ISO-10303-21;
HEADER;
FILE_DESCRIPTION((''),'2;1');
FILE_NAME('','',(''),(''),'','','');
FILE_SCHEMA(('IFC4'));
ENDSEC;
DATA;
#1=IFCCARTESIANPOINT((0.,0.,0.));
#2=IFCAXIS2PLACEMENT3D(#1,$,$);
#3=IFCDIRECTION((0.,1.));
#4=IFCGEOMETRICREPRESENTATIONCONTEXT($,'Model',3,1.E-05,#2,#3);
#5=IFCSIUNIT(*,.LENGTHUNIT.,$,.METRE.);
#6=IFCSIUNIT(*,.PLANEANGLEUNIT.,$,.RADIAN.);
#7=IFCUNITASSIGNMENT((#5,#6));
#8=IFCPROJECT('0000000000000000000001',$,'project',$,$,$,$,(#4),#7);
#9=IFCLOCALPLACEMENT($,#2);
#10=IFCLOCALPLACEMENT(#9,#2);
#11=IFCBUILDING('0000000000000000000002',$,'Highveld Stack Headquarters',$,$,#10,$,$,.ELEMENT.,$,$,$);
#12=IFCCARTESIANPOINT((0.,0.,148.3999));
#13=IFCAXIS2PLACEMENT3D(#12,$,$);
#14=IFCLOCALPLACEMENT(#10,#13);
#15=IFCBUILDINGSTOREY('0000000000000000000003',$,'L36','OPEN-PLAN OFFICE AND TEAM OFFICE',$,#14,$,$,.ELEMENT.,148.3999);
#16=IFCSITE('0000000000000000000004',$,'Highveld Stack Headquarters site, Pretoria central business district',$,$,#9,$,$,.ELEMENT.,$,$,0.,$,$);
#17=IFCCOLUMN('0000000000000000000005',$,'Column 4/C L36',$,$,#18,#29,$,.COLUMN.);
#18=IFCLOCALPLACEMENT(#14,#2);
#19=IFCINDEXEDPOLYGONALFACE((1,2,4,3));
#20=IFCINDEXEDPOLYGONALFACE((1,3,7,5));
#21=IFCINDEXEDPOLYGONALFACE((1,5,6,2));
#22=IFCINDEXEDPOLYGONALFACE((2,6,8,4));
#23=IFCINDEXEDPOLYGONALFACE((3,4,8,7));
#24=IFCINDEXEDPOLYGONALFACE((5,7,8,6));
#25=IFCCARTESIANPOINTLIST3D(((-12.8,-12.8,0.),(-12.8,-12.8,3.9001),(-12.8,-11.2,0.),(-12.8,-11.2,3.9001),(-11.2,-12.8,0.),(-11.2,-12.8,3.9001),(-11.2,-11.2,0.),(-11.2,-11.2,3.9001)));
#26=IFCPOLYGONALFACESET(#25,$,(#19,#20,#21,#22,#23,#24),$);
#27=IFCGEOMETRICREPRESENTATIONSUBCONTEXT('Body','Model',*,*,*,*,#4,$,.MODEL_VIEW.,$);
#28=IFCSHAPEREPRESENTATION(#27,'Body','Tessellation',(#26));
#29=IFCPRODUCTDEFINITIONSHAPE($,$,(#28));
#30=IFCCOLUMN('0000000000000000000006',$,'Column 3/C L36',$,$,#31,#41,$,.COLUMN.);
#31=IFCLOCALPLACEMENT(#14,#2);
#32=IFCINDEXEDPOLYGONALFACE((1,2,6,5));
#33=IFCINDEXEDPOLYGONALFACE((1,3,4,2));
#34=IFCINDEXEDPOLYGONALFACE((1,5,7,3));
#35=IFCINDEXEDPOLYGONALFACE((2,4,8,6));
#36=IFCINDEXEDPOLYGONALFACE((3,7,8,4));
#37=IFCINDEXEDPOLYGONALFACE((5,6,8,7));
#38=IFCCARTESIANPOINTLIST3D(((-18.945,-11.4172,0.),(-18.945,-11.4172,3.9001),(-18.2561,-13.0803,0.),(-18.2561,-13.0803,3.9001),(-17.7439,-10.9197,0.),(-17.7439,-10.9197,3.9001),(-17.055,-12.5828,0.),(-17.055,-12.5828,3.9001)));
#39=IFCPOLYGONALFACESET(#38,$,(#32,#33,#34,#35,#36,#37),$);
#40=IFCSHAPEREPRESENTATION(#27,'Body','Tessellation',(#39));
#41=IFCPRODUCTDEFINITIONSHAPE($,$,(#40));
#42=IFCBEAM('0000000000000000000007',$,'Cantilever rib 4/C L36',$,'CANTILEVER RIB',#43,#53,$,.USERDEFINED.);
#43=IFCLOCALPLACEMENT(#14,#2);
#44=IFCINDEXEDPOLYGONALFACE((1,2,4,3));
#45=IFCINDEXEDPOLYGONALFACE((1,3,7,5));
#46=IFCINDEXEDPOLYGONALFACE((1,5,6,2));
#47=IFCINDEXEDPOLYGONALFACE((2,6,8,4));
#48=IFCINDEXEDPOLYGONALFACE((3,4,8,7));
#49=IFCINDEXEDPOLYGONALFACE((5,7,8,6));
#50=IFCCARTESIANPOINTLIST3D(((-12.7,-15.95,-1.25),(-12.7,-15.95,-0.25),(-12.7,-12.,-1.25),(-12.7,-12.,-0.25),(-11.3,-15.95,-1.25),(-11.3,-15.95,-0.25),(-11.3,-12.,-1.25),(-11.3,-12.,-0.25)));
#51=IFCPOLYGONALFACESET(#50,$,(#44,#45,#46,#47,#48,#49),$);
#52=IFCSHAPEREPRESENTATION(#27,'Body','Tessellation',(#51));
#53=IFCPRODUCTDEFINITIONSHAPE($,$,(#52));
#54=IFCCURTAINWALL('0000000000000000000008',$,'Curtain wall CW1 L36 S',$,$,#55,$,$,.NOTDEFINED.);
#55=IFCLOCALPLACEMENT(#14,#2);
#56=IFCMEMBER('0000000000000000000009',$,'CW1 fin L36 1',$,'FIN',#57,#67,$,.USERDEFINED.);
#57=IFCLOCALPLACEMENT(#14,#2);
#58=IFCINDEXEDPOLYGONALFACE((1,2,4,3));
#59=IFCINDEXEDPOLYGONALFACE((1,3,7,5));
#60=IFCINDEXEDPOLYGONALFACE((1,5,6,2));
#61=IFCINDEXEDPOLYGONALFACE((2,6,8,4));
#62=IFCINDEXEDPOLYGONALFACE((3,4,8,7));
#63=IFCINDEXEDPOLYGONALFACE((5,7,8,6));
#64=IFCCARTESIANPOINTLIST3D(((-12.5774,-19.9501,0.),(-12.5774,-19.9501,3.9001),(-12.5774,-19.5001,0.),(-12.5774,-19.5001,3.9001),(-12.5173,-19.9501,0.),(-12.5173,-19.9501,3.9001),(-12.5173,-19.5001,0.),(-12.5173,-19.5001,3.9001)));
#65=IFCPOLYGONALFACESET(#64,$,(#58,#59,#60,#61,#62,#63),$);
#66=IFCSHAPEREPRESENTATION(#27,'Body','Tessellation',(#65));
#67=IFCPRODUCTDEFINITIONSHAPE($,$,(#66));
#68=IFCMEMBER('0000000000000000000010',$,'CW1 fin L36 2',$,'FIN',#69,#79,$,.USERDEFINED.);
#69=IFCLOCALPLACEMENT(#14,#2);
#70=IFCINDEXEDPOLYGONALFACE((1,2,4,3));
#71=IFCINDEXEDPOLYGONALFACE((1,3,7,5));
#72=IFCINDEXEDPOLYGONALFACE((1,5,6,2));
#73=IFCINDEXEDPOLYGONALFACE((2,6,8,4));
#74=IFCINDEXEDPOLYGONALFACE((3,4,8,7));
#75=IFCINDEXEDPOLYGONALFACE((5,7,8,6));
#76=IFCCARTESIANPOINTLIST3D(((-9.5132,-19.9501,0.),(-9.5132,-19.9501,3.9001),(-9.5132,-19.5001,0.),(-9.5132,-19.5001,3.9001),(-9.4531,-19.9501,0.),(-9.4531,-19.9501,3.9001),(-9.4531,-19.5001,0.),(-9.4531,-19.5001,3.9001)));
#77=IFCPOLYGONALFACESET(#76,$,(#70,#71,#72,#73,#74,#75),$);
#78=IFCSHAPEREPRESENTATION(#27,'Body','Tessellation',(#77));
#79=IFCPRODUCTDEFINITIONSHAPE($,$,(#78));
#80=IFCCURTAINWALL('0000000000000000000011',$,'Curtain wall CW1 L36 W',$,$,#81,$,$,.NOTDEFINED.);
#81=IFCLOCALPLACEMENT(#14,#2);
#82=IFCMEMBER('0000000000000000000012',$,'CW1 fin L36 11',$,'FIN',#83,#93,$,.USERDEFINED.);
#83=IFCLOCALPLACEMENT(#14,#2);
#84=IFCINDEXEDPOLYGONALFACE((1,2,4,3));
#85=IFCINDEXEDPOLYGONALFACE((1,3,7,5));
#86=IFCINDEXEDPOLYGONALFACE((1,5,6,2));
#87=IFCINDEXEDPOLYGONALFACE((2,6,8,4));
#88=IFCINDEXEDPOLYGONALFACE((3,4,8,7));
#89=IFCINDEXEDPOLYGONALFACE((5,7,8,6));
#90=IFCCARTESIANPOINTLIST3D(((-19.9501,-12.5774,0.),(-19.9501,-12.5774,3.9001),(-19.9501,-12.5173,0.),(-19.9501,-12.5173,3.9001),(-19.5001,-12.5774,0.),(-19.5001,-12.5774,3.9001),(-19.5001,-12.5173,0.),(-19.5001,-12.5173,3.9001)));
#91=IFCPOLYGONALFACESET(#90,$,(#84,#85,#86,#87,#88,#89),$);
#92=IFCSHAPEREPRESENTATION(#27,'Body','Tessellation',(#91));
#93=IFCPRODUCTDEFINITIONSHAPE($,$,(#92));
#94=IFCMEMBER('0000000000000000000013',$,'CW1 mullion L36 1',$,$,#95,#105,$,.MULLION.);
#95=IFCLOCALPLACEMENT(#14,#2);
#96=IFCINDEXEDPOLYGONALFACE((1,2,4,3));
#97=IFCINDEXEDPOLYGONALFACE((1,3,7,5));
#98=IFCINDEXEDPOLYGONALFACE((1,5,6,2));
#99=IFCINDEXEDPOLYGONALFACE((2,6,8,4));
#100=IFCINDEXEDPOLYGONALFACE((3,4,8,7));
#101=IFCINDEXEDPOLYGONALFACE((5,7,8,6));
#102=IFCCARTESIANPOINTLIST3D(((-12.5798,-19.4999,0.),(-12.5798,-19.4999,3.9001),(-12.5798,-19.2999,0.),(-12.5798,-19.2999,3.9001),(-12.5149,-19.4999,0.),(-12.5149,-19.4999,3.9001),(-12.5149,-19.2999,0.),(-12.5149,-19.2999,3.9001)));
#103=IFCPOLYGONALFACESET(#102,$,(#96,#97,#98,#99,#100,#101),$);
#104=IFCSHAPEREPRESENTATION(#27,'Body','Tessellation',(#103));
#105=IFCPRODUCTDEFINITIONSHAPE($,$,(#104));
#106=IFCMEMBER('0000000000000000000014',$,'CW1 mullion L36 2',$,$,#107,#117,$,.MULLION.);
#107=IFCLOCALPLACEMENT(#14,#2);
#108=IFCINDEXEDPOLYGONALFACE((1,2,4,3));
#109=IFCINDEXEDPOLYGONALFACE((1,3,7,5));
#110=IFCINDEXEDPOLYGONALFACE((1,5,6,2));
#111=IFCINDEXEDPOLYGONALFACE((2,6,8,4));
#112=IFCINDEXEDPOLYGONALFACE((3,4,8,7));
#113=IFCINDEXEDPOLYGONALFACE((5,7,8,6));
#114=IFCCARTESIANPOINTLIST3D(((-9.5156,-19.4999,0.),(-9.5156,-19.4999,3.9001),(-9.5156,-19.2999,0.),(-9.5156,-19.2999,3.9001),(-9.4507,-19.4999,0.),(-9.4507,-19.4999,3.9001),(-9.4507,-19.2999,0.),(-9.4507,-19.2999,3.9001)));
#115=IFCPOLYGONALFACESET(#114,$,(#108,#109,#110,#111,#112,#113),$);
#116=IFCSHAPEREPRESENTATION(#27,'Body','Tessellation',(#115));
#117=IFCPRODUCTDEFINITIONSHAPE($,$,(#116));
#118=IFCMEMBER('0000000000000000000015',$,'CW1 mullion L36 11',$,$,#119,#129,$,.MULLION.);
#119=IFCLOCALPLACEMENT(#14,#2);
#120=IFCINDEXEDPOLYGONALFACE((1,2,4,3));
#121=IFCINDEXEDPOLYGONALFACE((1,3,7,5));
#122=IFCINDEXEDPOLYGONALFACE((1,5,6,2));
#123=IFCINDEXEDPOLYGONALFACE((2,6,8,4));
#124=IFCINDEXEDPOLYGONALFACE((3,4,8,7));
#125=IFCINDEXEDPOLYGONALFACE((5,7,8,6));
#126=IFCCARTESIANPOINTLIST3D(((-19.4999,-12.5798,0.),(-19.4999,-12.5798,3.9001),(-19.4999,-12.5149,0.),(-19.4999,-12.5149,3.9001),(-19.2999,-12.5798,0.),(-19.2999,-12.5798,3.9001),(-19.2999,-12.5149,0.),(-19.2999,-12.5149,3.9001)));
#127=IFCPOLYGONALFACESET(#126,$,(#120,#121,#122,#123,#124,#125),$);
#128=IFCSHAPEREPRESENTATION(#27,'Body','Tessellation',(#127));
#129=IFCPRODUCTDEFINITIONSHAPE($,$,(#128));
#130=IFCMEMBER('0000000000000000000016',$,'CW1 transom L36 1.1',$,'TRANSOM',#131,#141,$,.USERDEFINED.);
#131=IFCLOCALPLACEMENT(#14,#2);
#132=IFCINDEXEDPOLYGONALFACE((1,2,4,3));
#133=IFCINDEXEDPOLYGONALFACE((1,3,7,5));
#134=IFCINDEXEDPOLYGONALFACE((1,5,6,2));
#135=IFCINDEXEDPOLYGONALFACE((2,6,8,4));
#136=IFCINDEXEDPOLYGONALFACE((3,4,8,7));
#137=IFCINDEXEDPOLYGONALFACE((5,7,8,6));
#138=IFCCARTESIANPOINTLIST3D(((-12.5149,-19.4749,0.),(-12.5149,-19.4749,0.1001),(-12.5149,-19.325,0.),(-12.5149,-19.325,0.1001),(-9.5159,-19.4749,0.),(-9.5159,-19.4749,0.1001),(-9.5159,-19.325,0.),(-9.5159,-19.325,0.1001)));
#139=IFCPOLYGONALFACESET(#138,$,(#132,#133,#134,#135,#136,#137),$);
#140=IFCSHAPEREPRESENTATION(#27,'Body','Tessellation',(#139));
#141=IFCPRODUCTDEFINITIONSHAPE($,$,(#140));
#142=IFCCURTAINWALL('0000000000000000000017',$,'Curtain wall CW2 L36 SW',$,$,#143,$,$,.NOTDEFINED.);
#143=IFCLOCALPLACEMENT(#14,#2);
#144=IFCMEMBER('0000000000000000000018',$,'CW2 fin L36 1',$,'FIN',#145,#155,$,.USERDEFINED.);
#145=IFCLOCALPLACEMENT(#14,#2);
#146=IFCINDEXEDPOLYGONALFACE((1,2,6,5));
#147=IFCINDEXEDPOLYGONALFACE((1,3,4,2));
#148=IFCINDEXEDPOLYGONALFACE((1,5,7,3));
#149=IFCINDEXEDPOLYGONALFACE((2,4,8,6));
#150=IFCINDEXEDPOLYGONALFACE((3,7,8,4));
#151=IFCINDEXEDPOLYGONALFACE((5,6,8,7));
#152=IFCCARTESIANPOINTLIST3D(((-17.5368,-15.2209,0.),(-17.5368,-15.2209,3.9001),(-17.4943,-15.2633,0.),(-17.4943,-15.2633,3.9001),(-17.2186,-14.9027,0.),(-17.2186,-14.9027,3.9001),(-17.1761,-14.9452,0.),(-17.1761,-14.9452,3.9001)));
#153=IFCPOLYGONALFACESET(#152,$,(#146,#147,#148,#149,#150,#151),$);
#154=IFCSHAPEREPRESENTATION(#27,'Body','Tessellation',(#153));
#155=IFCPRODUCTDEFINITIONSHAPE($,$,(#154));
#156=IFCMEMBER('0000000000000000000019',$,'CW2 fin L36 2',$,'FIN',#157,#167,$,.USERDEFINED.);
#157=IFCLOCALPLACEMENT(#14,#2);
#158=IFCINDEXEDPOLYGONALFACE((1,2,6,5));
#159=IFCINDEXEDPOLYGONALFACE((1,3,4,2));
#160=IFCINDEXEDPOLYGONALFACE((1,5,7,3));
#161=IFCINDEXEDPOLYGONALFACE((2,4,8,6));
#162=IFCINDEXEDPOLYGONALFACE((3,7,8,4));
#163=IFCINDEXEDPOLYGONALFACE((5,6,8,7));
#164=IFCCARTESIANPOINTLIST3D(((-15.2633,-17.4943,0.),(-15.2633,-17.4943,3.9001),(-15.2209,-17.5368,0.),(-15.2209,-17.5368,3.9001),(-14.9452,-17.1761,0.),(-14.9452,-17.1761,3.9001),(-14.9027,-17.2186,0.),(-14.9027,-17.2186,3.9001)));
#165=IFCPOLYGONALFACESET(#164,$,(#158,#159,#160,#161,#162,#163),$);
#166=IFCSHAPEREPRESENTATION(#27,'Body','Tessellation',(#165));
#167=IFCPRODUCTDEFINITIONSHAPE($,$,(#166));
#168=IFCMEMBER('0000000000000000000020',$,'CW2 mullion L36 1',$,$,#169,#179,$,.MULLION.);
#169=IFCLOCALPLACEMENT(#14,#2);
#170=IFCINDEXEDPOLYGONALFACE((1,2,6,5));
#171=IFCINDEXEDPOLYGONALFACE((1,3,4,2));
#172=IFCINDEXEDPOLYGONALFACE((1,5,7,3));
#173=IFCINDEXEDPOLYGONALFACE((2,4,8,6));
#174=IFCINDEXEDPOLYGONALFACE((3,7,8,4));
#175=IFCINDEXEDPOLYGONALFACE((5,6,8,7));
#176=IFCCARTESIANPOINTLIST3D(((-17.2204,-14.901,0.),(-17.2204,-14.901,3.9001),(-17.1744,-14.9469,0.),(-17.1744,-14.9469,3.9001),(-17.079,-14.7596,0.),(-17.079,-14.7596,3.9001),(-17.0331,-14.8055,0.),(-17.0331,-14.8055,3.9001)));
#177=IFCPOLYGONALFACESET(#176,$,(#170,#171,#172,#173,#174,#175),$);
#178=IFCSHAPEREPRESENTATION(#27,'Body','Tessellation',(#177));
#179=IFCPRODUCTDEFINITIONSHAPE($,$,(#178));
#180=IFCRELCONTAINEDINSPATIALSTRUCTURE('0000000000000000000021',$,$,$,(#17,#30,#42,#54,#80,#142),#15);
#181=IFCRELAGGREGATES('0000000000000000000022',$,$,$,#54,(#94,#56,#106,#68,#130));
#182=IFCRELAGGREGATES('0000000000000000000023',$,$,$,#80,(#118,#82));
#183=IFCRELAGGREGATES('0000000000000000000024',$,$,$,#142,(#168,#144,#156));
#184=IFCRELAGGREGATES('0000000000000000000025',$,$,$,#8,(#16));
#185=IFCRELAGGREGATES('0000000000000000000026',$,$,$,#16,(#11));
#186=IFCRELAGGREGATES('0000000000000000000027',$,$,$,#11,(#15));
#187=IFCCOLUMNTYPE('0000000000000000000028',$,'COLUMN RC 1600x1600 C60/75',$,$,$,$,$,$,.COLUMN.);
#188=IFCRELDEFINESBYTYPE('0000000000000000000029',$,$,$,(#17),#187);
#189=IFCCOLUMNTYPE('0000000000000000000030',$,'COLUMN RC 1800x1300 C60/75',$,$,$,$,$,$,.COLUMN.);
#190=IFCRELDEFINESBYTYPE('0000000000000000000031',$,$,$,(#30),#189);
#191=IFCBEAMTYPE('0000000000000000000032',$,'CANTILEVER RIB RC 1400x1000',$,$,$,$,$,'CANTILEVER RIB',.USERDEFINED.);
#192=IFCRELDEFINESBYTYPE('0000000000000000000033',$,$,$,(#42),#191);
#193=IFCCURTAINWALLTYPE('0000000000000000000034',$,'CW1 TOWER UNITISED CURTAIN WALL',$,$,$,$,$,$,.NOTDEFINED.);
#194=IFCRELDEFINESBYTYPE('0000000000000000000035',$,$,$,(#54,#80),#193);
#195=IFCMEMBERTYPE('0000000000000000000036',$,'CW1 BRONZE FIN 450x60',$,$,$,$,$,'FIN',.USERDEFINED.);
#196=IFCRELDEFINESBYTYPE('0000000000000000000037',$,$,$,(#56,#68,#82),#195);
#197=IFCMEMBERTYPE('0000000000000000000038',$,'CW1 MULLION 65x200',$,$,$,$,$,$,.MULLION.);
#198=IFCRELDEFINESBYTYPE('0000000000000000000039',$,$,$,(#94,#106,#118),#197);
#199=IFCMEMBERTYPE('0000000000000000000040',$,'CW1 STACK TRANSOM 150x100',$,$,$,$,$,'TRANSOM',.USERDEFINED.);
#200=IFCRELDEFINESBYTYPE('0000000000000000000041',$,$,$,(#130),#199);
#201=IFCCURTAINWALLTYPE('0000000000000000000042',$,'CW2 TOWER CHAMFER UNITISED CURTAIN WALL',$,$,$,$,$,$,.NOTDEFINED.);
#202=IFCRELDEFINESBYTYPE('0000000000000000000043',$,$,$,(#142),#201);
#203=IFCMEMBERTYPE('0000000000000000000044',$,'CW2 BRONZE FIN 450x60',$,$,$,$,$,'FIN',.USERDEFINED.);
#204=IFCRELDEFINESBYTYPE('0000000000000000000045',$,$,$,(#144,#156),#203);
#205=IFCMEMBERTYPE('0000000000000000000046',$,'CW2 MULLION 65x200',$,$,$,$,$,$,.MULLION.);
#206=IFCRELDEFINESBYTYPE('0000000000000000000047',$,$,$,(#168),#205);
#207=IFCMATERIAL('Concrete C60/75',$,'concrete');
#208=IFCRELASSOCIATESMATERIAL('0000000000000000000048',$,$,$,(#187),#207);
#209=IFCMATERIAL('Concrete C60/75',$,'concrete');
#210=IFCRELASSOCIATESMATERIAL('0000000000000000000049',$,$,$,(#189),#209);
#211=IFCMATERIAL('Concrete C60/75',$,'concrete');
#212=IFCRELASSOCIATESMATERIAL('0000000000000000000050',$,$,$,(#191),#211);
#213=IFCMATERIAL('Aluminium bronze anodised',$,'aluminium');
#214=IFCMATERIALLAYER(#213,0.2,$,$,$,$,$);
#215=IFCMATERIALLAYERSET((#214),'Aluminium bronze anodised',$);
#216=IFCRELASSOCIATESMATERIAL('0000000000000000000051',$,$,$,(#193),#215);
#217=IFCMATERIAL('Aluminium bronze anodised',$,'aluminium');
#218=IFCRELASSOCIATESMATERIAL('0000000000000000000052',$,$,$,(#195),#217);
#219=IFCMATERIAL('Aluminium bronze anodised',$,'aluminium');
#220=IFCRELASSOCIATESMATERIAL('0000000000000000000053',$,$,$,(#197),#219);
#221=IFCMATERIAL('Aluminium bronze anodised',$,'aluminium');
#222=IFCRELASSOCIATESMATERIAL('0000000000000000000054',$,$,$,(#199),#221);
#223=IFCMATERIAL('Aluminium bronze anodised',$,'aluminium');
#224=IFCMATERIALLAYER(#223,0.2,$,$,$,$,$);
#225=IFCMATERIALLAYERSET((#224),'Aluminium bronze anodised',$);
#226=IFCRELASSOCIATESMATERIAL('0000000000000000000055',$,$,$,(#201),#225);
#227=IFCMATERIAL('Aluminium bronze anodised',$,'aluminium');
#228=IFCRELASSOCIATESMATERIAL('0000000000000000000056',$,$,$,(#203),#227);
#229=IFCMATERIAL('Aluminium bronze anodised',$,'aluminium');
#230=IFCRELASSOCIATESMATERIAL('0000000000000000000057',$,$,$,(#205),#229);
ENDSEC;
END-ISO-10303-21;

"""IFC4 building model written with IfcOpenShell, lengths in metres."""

from ifc_helpers import new_model, si_unit, direction, frame, origin, origin_2d, place, context, subcontext, project, spatial, rectangle, extrude, material, layer, layer_set, material_profile, profile_set, type_object, element, aggregate, save


model = new_model("IFC4")

# Units and contexts
model_context = context("Model", 3, precision=1e-05, world=origin(), true_north=direction((0.0, 1.0)))
body_context = subcontext(model_context, "Body", "Model", "MODEL_VIEW")
ifc_project = project(units=[si_unit("LENGTHUNIT", "METRE"), si_unit("PLANEANGLEUNIT", "RADIAN")], contexts=[model_context])

# Site, building, storey
site_placement = place(None, origin())
site = spatial("IfcSite", under=ifc_project, at=site_placement, Name="Highveld Stack Headquarters site, Pretoria central business district", CompositionType="ELEMENT", RefElevation=0.0)
building_placement = place(site_placement, origin())
building = spatial("IfcBuilding", under=site, at=building_placement, Name="Highveld Stack Headquarters", CompositionType="ELEMENT")
storey_placement = place(building_placement, frame((0.0, 0.0, 148.3999)))
storey = spatial("IfcBuildingStorey", under=building, at=storey_placement, Name="L36", Description="OPEN-PLAN OFFICE AND TEAM OFFICE", CompositionType="ELEMENT", Elevation=148.3999)

# Columns
ifc_material_1 = material(Name="Concrete C60/75", Category="concrete")
ifc_material_profile_1 = material_profile(ifc_material_1, rectangle(XDim=1.6001, YDim=1.6001, at=origin_2d()), Name="RC 1600x1600")
ifc_profile_set_1 = profile_set([ifc_material_profile_1], Name="Concrete C60/75")
column_type_1 = type_object("IfcColumnType", Name="COLUMN RC 1600x1600 C60/75", PredefinedType="COLUMN", material=ifc_profile_set_1)
column_1_placement = place(storey_placement, frame((-12.0, -12.0, 0.0), z_axis=(0.0, 0.0, 1.0), x_axis=(1.0, 0.0, 0.0)))
element("IfcColumn", 1, at=column_1_placement, inside=storey, type_object=column_type_1, Name="Column 4/C L36", PredefinedType="COLUMN", context=body_context, shape_type="SweptSolid", body=[
    extrude(rectangle(XDim=1.6001, YDim=1.6001, at=origin_2d()), origin(), (0.0, 0.0, 1.0), 3.9001),
])
ifc_material_2 = material(Name="Concrete C60/75", Category="concrete")
ifc_material_profile_2 = material_profile(ifc_material_2, rectangle(XDim=1.8, YDim=1.3, at=origin_2d()), Name="RC 1800x1300")
ifc_profile_set_2 = profile_set([ifc_material_profile_2], Name="Concrete C60/75")
column_type_2 = type_object("IfcColumnType", Name="COLUMN RC 1800x1300 C60/75", PredefinedType="COLUMN", material=ifc_profile_set_2)
column_2_placement = place(storey_placement, frame((-18.0, -12.0, 0.0), z_axis=(0.0, 0.0, 1.0), x_axis=(-0.382683, 0.92388, 0.0)))
element("IfcColumn", 2, at=column_2_placement, inside=storey, type_object=column_type_2, Name="Column 3/C L36", PredefinedType="COLUMN", context=body_context, shape_type="SweptSolid", body=[
    extrude(rectangle(XDim=1.8, YDim=1.3, at=origin_2d()), origin(), (0.0, 0.0, 1.0), 3.9001),
])

# Beam
ifc_material_3 = material(Name="Concrete C60/75", Category="concrete")
ifc_material_profile_3 = material_profile(ifc_material_3, rectangle(XDim=1.3999, YDim=1.0, at=origin_2d()), Name="RC 1400x1000")
ifc_profile_set_3 = profile_set([ifc_material_profile_3], Name="Concrete C60/75")
beam_type_1 = type_object("IfcBeamType", Name="CANTILEVER RIB RC 1400x1000", ElementType="CANTILEVER RIB", PredefinedType="USERDEFINED", material=ifc_profile_set_3)
beam_1_placement = place(storey_placement, frame((-12.0, -12.0, -0.75), z_axis=(0.0, -1.0, 0.0), x_axis=(1.0, 0.0, 0.0)))
element("IfcBeam", 3, at=beam_1_placement, inside=storey, type_object=beam_type_1, Name="Cantilever rib 4/C L36", ObjectType="CANTILEVER RIB", PredefinedType="USERDEFINED", context=body_context, shape_type="SweptSolid", body=[
    extrude(rectangle(XDim=1.3999, YDim=1.0, at=origin_2d()), origin(), (0.0, 0.0, 1.0), 3.95),
])

# Curtain wall, members
ifc_material_4 = material(Name="Aluminium bronze anodised", Category="aluminium")
ifc_layer_1 = layer(ifc_material_4, 0.2)
ifc_layer_set_1 = layer_set([ifc_layer_1], Name="Aluminium bronze anodised")
curtain_wall_type_1 = type_object("IfcCurtainWallType", Name="CW1 TOWER UNITISED CURTAIN WALL", PredefinedType="NOTDEFINED", material=ifc_layer_set_1)
curtain_wall_1_placement = place(storey_placement, origin())
curtain_wall_1 = element("IfcCurtainWall", 4, at=curtain_wall_1_placement, inside=storey, type_object=curtain_wall_type_1, Name="Curtain wall CW1 L36 S", PredefinedType="NOTDEFINED")
ifc_material_5 = material(Name="Aluminium bronze anodised", Category="aluminium")
ifc_material_profile_4 = material_profile(ifc_material_5, rectangle(XDim=0.45, YDim=0.0601, at=origin_2d()), Name="FIN 450x60")
ifc_profile_set_4 = profile_set([ifc_material_profile_4], Name="Aluminium bronze anodised")
member_type_1 = type_object("IfcMemberType", Name="CW1 BRONZE FIN 450x60", ElementType="FIN", PredefinedType="USERDEFINED", material=ifc_profile_set_4)
member_1_placement = place(storey_placement, frame((-12.5474, -19.7251, 0.0), z_axis=(0.0, 0.0, 1.0), x_axis=(0.0, 1.0, 0.0)))
member_1 = element("IfcMember", 5, at=member_1_placement, type_object=member_type_1, Name="CW1 fin L36 1", ObjectType="FIN", PredefinedType="USERDEFINED", context=body_context, shape_type="SweptSolid", body=[
    extrude(rectangle(XDim=0.45, YDim=0.0601, at=origin_2d()), origin(), (0.0, 0.0, 1.0), 3.9001),
])
member_2_placement = place(storey_placement, frame((-9.4832, -19.7251, 0.0), z_axis=(0.0, 0.0, 1.0), x_axis=(0.0, 1.0, 0.0)))
member_2 = element("IfcMember", 6, at=member_2_placement, type_object=member_type_1, Name="CW1 fin L36 2", ObjectType="FIN", PredefinedType="USERDEFINED", context=body_context, shape_type="SweptSolid", body=[
    extrude(rectangle(XDim=0.45, YDim=0.0601, at=origin_2d()), origin(), (0.0, 0.0, 1.0), 3.9001),
])

# Curtain wall, member
curtain_wall_2_placement = place(storey_placement, origin())
curtain_wall_2 = element("IfcCurtainWall", 7, at=curtain_wall_2_placement, inside=storey, type_object=curtain_wall_type_1, Name="Curtain wall CW1 L36 W", PredefinedType="NOTDEFINED")
member_3_placement = place(storey_placement, frame((-19.7251, -12.5474, 0.0), z_axis=(0.0, 0.0, 1.0), x_axis=(1.0, 0.0, 0.0)))
member_3 = element("IfcMember", 8, at=member_3_placement, type_object=member_type_1, Name="CW1 fin L36 11", ObjectType="FIN", PredefinedType="USERDEFINED", context=body_context, shape_type="SweptSolid", body=[
    extrude(rectangle(XDim=0.45, YDim=0.0601, at=origin_2d()), origin(), (0.0, 0.0, 1.0), 3.9001),
])

# Members
ifc_material_6 = material(Name="Aluminium bronze anodised", Category="aluminium")
ifc_material_profile_5 = material_profile(ifc_material_6, rectangle(XDim=0.2, YDim=0.0649, at=origin_2d()), Name="CW1 MULLION 65x200")
ifc_profile_set_5 = profile_set([ifc_material_profile_5], Name="Aluminium bronze anodised")
member_type_2 = type_object("IfcMemberType", Name="CW1 MULLION 65x200", PredefinedType="MULLION", material=ifc_profile_set_5)
member_4_placement = place(storey_placement, frame((-12.5474, -19.3999, 0.0), z_axis=(0.0, 0.0, 1.0), x_axis=(0.0, 1.0, 0.0)))
member_4 = element("IfcMember", 9, at=member_4_placement, type_object=member_type_2, Name="CW1 mullion L36 1", PredefinedType="MULLION", context=body_context, shape_type="SweptSolid", body=[
    extrude(rectangle(XDim=0.2, YDim=0.0649, at=origin_2d()), origin(), (0.0, 0.0, 1.0), 3.9001),
])
member_5_placement = place(storey_placement, frame((-9.4832, -19.3999, 0.0), z_axis=(0.0, 0.0, 1.0), x_axis=(0.0, 1.0, 0.0)))
member_5 = element("IfcMember", 10, at=member_5_placement, type_object=member_type_2, Name="CW1 mullion L36 2", PredefinedType="MULLION", context=body_context, shape_type="SweptSolid", body=[
    extrude(rectangle(XDim=0.2, YDim=0.0649, at=origin_2d()), origin(), (0.0, 0.0, 1.0), 3.9001),
])
member_6_placement = place(storey_placement, frame((-19.3999, -12.5474, 0.0), z_axis=(0.0, 0.0, 1.0), x_axis=(1.0, 0.0, 0.0)))
member_6 = element("IfcMember", 11, at=member_6_placement, type_object=member_type_2, Name="CW1 mullion L36 11", PredefinedType="MULLION", context=body_context, shape_type="SweptSolid", body=[
    extrude(rectangle(XDim=0.2, YDim=0.0649, at=origin_2d()), origin(), (0.0, 0.0, 1.0), 3.9001),
])
ifc_material_7 = material(Name="Aluminium bronze anodised", Category="aluminium")
ifc_material_profile_6 = material_profile(ifc_material_7, rectangle(XDim=0.1499, YDim=0.1001, at=origin_2d()), Name="CW1 TRANSOM 150x100")
ifc_profile_set_6 = profile_set([ifc_material_profile_6], Name="Aluminium bronze anodised")
member_type_3 = type_object("IfcMemberType", Name="CW1 STACK TRANSOM 150x100", ElementType="TRANSOM", PredefinedType="USERDEFINED", material=ifc_profile_set_6)
member_7_placement = place(storey_placement, frame((-12.5149, -19.3999, 0.05), z_axis=(1.0, 0.0, 0.0), x_axis=(0.0, 1.0, 0.0)))
member_7 = element("IfcMember", 12, at=member_7_placement, type_object=member_type_3, Name="CW1 transom L36 1.1", ObjectType="TRANSOM", PredefinedType="USERDEFINED", context=body_context, shape_type="SweptSolid", body=[
    extrude(rectangle(XDim=0.1499, YDim=0.1001, at=origin_2d()), origin(), (0.0, 0.0, 1.0), 2.999),
])

# Curtain wall, members
ifc_material_8 = material(Name="Aluminium bronze anodised", Category="aluminium")
ifc_layer_2 = layer(ifc_material_8, 0.2)
ifc_layer_set_2 = layer_set([ifc_layer_2], Name="Aluminium bronze anodised")
curtain_wall_type_2 = type_object("IfcCurtainWallType", Name="CW2 TOWER CHAMFER UNITISED CURTAIN WALL", PredefinedType="NOTDEFINED", material=ifc_layer_set_2)
curtain_wall_3_placement = place(storey_placement, origin())
curtain_wall_3 = element("IfcCurtainWall", 13, at=curtain_wall_3_placement, inside=storey, type_object=curtain_wall_type_2, Name="Curtain wall CW2 L36 SW", PredefinedType="NOTDEFINED")
ifc_material_9 = material(Name="Aluminium bronze anodised", Category="aluminium")
ifc_material_profile_7 = material_profile(ifc_material_9, rectangle(XDim=0.45, YDim=0.0601, at=origin_2d()), Name="FIN 450x60")
ifc_profile_set_7 = profile_set([ifc_material_profile_7], Name="Aluminium bronze anodised")
member_type_4 = type_object("IfcMemberType", Name="CW2 BRONZE FIN 450x60", ElementType="FIN", PredefinedType="USERDEFINED", material=ifc_profile_set_7)
member_8_placement = place(storey_placement, frame((-17.3564, -15.083, 0.0), z_axis=(0.0, 0.0, 1.0), x_axis=(0.707107, 0.707107, 0.0)))
member_8 = element("IfcMember", 14, at=member_8_placement, type_object=member_type_4, Name="CW2 fin L36 1", ObjectType="FIN", PredefinedType="USERDEFINED", context=body_context, shape_type="SweptSolid", body=[
    extrude(rectangle(XDim=0.45, YDim=0.0601, at=origin_2d()), origin(), (0.0, 0.0, 1.0), 3.9001),
])
member_9_placement = place(storey_placement, frame((-15.083, -17.3564, 0.0), z_axis=(0.0, 0.0, 1.0), x_axis=(0.707107, 0.707107, 0.0)))
member_9 = element("IfcMember", 15, at=member_9_placement, type_object=member_type_4, Name="CW2 fin L36 2", ObjectType="FIN", PredefinedType="USERDEFINED", context=body_context, shape_type="SweptSolid", body=[
    extrude(rectangle(XDim=0.45, YDim=0.0601, at=origin_2d()), origin(), (0.0, 0.0, 1.0), 3.9001),
])
ifc_material_10 = material(Name="Aluminium bronze anodised", Category="aluminium")
ifc_material_profile_8 = material_profile(ifc_material_10, rectangle(XDim=0.2, YDim=0.0649, at=origin_2d()), Name="CW2 MULLION 65x200")
ifc_profile_set_8 = profile_set([ifc_material_profile_8], Name="Aluminium bronze anodised")
member_type_5 = type_object("IfcMemberType", Name="CW2 MULLION 65x200", PredefinedType="MULLION", material=ifc_profile_set_8)
member_10_placement = place(storey_placement, frame((-17.1267, -14.8533, 0.0), z_axis=(0.0, 0.0, 1.0), x_axis=(0.707107, 0.707107, 0.0)))
member_10 = element("IfcMember", 16, at=member_10_placement, type_object=member_type_5, Name="CW2 mullion L36 1", PredefinedType="MULLION", context=body_context, shape_type="SweptSolid", body=[
    extrude(rectangle(XDim=0.2, YDim=0.0649, at=origin_2d()), origin(), (0.0, 0.0, 1.0), 3.9001),
])

aggregate(curtain_wall_1, [member_4, member_1, member_5, member_2, member_7])
aggregate(curtain_wall_2, [member_6, member_3])
aggregate(curtain_wall_3, [member_10, member_8, member_9])

save(model, "model.ifc")
